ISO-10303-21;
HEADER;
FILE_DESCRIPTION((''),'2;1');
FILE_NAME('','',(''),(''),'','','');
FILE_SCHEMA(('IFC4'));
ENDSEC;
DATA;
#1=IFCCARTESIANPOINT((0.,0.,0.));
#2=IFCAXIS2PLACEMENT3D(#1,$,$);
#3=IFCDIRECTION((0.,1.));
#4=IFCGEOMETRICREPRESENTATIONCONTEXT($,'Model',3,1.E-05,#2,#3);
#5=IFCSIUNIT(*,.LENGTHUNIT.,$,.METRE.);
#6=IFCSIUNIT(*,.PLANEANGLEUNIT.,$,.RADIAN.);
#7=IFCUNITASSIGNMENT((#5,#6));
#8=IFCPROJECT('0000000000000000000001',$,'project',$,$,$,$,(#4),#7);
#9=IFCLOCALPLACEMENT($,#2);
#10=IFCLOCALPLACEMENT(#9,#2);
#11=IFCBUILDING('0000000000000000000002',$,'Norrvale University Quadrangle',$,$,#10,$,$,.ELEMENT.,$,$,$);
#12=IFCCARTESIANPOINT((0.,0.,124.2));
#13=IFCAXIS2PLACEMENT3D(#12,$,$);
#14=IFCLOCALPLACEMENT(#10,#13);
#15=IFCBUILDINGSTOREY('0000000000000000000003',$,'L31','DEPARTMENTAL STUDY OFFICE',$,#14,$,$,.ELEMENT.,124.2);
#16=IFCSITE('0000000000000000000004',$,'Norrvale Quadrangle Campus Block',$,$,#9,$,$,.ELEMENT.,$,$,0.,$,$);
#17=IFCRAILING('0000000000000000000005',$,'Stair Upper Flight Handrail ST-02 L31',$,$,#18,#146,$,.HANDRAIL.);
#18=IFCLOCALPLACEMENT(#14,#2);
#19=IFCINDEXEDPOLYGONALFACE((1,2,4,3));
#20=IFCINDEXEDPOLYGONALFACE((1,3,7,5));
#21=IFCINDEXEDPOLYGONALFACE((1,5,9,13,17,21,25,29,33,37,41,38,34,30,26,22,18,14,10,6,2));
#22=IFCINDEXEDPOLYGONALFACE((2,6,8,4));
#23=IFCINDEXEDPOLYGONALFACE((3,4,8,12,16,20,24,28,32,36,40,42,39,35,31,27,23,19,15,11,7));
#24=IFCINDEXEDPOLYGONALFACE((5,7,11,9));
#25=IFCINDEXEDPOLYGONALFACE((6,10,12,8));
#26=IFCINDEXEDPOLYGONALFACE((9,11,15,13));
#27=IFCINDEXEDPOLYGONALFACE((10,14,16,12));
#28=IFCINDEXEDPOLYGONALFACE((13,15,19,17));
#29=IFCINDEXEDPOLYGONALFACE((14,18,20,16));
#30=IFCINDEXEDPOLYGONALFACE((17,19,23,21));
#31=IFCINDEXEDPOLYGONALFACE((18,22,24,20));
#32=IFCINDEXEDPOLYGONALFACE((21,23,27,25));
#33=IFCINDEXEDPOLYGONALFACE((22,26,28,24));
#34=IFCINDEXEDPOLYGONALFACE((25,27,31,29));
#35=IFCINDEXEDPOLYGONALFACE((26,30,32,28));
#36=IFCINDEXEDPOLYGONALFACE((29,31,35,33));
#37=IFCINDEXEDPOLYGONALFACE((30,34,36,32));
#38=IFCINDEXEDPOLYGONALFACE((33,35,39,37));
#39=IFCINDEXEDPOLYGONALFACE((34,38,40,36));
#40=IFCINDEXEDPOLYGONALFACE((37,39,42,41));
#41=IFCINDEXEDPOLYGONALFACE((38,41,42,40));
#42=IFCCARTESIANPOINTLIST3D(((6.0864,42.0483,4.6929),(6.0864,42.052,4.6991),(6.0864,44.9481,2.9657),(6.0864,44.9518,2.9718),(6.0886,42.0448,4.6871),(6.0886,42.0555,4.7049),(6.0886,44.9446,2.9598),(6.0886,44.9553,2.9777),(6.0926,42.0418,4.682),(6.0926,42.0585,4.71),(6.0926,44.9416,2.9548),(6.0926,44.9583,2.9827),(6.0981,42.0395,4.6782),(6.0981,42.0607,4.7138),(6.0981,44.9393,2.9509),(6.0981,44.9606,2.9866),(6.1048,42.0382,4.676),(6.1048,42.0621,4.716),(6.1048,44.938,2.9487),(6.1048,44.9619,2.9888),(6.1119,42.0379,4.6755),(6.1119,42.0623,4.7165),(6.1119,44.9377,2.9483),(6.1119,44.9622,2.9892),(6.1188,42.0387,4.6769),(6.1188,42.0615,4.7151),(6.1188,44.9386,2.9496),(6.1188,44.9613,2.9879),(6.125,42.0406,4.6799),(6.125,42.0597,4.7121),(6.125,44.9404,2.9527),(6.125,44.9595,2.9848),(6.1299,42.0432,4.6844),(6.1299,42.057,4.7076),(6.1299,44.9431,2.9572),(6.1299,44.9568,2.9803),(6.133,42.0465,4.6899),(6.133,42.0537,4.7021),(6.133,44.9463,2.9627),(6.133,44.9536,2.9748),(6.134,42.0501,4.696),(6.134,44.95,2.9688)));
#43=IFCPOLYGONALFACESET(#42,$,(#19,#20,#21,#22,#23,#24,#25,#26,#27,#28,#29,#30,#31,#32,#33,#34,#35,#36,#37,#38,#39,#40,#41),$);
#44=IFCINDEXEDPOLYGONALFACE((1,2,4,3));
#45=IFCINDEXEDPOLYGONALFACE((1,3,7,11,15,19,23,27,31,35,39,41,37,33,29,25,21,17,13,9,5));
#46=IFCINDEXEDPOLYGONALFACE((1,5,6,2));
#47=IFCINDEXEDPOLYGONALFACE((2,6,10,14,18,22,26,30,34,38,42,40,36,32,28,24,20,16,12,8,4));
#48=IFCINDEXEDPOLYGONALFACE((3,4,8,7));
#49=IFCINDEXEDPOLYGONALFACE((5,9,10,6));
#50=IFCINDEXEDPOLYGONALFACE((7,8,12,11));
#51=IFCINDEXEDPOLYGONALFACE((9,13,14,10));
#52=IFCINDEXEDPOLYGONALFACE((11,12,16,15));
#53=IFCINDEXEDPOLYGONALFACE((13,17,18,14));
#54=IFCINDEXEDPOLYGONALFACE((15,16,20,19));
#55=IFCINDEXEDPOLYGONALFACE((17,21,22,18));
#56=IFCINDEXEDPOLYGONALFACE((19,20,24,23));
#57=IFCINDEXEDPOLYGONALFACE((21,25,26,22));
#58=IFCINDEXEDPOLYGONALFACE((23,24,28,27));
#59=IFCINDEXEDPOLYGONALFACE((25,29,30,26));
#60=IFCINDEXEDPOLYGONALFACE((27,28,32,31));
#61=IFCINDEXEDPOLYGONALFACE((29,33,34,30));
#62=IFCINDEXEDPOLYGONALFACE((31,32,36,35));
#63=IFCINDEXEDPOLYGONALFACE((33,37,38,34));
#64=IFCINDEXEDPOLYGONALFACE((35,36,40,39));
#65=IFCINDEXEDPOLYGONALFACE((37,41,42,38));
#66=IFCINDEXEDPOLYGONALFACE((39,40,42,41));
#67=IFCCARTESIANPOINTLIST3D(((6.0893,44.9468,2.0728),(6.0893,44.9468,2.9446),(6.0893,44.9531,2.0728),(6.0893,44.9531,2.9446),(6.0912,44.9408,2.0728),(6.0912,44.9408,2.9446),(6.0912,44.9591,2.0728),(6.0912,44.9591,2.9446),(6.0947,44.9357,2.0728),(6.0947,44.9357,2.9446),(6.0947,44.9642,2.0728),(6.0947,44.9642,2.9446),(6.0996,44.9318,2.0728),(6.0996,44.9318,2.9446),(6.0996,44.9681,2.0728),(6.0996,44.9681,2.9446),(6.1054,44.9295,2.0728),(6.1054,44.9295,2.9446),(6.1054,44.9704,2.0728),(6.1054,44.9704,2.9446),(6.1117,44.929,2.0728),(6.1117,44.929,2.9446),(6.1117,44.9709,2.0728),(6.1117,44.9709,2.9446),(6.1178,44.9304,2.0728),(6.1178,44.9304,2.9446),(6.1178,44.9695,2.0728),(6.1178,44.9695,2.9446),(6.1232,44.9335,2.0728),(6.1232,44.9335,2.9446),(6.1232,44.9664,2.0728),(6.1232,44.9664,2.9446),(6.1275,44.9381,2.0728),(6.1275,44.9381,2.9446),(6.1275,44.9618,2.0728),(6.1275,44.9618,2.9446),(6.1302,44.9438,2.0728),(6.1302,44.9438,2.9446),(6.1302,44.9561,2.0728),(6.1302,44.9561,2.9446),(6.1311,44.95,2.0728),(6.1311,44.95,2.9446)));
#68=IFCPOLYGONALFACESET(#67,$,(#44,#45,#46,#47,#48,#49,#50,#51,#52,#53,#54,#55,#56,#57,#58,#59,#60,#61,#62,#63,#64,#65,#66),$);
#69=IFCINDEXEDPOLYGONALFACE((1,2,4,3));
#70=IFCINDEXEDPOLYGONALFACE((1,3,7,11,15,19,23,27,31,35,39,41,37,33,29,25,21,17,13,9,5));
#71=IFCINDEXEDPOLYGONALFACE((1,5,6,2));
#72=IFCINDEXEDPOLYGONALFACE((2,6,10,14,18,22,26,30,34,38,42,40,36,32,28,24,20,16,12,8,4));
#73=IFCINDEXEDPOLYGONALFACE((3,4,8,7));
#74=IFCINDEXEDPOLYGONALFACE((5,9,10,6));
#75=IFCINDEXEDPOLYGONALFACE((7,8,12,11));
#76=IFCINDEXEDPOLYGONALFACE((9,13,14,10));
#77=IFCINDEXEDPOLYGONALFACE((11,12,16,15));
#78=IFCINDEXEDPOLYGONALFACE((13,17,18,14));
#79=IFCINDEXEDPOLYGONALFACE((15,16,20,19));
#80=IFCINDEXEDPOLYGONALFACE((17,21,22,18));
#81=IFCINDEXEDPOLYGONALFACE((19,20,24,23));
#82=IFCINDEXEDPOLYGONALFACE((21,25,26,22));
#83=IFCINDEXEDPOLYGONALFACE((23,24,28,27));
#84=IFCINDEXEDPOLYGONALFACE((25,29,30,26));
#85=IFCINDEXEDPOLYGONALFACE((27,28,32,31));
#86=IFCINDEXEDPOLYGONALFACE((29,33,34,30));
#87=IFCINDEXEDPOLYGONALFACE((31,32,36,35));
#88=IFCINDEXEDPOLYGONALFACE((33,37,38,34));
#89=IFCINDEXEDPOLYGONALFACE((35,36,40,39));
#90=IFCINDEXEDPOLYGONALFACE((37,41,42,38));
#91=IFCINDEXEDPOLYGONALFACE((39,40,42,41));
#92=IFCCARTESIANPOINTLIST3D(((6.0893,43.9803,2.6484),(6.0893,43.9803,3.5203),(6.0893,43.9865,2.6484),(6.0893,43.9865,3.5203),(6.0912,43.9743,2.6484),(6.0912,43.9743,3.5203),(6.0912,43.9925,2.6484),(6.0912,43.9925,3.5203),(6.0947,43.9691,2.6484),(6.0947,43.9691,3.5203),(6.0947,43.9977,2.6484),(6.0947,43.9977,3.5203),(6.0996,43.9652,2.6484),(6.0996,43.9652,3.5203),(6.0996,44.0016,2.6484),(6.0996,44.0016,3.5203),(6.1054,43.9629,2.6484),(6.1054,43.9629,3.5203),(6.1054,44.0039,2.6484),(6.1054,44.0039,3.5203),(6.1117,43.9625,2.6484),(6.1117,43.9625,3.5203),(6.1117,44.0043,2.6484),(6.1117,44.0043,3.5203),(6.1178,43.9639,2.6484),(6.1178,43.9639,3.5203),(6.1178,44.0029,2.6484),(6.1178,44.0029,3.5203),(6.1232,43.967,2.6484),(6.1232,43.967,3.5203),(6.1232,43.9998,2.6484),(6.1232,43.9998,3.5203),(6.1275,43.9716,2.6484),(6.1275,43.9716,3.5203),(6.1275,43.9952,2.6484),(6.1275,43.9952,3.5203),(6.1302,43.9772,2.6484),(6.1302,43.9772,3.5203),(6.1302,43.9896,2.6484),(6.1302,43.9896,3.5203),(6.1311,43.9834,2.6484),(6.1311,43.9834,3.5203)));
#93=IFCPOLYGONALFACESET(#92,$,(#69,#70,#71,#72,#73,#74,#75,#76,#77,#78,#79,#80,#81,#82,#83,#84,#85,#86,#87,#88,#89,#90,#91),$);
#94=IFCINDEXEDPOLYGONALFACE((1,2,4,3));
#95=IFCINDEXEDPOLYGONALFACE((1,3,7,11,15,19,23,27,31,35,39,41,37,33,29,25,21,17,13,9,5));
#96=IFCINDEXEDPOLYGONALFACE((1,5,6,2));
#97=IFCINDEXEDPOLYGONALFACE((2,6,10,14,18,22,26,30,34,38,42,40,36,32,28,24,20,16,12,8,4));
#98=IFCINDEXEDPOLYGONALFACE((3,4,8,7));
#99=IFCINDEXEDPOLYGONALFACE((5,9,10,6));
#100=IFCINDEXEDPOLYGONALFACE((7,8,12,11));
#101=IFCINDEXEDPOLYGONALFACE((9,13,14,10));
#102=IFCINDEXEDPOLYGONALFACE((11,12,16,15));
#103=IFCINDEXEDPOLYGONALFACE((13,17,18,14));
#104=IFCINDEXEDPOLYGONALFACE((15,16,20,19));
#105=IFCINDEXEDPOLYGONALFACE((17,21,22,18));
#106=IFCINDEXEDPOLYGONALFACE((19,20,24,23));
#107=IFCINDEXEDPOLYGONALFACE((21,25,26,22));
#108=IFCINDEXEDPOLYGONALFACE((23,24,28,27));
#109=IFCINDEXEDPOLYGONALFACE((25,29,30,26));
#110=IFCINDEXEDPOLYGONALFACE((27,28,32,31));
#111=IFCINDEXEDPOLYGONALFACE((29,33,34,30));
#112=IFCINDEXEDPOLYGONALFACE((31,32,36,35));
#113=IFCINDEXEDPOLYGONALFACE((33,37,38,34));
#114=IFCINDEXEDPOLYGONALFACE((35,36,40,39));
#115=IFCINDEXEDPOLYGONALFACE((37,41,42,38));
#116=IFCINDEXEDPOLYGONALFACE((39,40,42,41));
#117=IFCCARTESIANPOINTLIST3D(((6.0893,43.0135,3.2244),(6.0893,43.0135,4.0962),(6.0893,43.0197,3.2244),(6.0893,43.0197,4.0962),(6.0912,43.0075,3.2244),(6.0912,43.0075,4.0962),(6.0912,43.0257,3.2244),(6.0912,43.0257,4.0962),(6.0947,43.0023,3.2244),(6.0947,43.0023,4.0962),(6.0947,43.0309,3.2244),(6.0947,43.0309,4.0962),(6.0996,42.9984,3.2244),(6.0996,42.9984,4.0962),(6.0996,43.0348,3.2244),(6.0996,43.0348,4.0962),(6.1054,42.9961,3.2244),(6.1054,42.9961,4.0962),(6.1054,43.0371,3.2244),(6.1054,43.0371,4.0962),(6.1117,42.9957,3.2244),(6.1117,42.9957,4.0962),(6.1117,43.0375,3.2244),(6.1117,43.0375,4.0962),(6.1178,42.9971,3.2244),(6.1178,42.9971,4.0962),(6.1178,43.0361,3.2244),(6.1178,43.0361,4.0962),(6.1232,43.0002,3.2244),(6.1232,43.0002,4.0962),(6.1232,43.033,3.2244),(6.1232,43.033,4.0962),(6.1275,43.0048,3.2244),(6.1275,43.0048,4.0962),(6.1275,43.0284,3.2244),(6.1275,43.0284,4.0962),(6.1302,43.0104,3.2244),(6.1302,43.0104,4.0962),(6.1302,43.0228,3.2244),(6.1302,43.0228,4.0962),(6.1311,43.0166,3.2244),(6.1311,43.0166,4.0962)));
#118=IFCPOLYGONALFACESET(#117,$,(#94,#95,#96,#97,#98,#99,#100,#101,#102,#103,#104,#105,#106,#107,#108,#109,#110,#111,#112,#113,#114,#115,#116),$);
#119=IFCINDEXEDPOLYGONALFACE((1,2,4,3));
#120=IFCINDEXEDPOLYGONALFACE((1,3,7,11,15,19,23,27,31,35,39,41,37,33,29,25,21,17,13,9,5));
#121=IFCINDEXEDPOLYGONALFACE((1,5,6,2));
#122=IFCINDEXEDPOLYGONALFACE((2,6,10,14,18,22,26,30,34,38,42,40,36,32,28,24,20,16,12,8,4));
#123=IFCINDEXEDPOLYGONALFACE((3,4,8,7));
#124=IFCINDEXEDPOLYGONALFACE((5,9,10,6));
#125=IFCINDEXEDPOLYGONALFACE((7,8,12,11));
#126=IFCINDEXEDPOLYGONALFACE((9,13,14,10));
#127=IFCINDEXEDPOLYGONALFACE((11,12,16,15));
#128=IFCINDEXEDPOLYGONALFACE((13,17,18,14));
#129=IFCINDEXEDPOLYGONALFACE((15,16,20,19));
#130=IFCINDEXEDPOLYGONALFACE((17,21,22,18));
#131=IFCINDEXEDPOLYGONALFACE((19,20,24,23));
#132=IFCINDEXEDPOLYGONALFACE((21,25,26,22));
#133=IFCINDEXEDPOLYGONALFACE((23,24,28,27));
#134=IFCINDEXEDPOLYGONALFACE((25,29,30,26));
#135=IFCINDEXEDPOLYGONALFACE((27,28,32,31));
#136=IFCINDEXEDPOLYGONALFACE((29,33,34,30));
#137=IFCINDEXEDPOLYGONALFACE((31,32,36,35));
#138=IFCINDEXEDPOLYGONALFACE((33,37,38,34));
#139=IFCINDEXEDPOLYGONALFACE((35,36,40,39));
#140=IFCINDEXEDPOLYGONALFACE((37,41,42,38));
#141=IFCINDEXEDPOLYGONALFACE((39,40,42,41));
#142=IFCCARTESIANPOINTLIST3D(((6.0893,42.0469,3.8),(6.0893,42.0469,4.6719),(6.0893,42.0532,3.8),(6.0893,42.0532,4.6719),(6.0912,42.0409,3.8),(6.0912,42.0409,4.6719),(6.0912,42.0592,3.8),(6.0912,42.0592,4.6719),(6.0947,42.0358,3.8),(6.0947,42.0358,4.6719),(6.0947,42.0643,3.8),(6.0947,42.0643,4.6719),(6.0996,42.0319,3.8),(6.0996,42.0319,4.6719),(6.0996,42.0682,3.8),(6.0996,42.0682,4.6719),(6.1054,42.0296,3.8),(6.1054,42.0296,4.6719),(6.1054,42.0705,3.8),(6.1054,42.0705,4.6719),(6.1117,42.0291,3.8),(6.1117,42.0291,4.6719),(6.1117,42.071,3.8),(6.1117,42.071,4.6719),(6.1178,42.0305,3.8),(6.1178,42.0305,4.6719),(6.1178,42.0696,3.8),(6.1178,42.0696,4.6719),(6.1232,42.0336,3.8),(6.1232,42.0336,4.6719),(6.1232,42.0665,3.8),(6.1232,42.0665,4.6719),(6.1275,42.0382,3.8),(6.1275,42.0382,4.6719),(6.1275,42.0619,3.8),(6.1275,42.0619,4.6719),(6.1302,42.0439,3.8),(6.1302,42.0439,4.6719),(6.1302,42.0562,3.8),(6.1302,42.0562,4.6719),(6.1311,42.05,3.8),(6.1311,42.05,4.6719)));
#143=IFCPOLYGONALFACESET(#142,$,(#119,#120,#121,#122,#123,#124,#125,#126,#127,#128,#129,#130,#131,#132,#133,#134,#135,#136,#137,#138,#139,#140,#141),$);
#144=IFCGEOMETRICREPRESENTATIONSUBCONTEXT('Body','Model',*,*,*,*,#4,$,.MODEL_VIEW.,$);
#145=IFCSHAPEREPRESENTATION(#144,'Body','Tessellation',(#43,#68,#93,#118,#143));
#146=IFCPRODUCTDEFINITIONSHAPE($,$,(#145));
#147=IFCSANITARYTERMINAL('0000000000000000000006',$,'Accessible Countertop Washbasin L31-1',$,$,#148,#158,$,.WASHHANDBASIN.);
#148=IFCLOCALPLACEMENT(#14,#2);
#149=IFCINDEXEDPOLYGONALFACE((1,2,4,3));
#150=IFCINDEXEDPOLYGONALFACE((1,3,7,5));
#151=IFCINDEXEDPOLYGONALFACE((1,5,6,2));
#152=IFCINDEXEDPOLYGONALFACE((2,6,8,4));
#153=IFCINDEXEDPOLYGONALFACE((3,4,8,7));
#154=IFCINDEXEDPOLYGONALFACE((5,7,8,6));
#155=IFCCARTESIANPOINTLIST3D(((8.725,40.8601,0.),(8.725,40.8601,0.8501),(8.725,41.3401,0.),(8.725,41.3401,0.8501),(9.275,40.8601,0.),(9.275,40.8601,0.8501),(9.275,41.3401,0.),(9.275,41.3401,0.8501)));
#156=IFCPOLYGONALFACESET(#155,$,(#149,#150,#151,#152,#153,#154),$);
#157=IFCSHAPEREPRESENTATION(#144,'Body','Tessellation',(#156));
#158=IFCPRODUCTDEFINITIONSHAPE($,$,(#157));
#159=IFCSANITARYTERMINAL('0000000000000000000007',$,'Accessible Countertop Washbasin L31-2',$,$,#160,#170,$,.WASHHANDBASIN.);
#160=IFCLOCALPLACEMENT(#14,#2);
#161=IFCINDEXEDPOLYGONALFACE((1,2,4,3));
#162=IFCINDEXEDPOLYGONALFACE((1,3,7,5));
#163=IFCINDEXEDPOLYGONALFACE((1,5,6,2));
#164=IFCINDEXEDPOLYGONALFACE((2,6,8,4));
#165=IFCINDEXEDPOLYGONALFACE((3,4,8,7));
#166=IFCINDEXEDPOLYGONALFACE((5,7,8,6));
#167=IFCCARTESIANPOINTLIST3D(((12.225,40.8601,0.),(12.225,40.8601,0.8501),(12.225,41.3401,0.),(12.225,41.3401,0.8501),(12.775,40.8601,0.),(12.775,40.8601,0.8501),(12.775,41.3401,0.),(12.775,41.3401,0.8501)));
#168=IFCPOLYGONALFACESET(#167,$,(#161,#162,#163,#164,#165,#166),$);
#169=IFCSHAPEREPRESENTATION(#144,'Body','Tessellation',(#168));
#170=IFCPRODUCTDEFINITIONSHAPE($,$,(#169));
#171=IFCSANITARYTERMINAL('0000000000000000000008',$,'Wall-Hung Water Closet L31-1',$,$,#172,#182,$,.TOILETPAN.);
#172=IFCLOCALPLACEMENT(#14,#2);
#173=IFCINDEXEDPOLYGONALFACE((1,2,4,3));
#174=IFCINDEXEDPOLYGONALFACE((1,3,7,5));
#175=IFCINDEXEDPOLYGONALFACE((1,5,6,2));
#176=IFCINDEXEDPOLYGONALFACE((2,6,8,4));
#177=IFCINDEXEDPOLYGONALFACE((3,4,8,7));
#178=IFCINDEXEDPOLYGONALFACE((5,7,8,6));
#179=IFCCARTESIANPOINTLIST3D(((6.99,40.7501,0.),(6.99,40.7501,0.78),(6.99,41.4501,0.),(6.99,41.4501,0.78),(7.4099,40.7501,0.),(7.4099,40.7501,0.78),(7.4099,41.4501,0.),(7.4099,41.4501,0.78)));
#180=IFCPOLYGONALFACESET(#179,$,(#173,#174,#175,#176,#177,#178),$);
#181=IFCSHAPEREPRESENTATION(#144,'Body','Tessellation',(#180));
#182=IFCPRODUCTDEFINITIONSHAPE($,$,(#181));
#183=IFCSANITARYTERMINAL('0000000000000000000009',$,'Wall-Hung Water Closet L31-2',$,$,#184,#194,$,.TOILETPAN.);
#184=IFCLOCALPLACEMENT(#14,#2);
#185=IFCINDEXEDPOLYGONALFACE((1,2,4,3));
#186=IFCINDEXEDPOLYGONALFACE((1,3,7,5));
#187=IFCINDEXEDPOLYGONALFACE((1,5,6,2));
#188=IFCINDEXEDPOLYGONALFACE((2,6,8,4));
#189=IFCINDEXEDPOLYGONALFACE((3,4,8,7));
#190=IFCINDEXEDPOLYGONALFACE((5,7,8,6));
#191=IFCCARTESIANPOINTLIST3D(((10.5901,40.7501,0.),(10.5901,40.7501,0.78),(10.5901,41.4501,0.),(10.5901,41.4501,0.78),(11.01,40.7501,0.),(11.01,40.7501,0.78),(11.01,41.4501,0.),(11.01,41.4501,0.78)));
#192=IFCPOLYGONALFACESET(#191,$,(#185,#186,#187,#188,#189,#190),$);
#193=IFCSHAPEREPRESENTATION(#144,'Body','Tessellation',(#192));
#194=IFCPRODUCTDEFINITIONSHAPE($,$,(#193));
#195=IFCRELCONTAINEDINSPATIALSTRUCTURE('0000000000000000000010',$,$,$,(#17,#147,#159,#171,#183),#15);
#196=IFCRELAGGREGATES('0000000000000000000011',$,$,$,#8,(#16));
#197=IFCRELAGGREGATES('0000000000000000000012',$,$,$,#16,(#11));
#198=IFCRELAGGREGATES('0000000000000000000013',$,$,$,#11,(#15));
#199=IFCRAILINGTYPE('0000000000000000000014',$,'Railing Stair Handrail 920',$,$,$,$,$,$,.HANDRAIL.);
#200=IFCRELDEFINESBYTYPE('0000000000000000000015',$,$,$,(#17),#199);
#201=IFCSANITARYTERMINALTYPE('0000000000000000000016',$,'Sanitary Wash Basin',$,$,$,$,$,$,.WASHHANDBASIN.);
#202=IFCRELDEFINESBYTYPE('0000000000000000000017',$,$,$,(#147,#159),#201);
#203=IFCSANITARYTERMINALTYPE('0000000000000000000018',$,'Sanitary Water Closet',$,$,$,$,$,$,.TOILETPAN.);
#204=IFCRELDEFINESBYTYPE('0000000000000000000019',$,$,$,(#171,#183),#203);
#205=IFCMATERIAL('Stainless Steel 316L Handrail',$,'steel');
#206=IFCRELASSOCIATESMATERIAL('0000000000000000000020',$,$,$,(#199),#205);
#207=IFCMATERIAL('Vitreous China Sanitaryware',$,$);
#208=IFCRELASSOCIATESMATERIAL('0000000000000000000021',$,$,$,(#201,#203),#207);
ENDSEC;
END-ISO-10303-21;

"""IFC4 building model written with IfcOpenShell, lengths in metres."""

from ifc_helpers import new_model, si_unit, direction, frame, origin, origin_2d, place, context, subcontext, project, spatial, rectangle, circle, extrude, material, type_object, element, save


model = new_model("IFC4")

# Units and contexts
model_context = context("Model", 3, precision=1e-05, world=origin(), true_north=direction((0.0, 1.0)))
body_context = subcontext(model_context, "Body", "Model", "MODEL_VIEW")
ifc_project = project(units=[si_unit("LENGTHUNIT", "METRE"), si_unit("PLANEANGLEUNIT", "RADIAN")], contexts=[model_context])

# Site, building, storey
site_placement = place(None, origin())
site = spatial("IfcSite", under=ifc_project, at=site_placement, Name="Norrvale Quadrangle Campus Block", CompositionType="ELEMENT", RefElevation=0.0)
building_placement = place(site_placement, origin())
building = spatial("IfcBuilding", under=site, at=building_placement, Name="Norrvale University Quadrangle", CompositionType="ELEMENT")
storey_placement = place(building_placement, frame((0.0, 0.0, 124.2)))
storey = spatial("IfcBuildingStorey", under=building, at=storey_placement, Name="L31", Description="DEPARTMENTAL STUDY OFFICE", CompositionType="ELEMENT", Elevation=124.2)

# Railing
ifc_material_1 = material(Name="Stainless Steel 316L Handrail", Category="steel")
railing_type_1 = type_object("IfcRailingType", Name="Railing Stair Handrail 920", PredefinedType="HANDRAIL", material=ifc_material_1)
railing_1_placement = place(storey_placement, frame((6.1101, 44.95, 2.0728)))
element("IfcRailing", 1, at=railing_1_placement, inside=storey, type_object=railing_type_1, Name="Stair Upper Flight Handrail ST-02 L31", PredefinedType="HANDRAIL", context=body_context, shape_type="SweptSolid", body=[
    extrude(circle(Radius=0.0239, at=origin_2d()), frame((0.0, 0.0, 0.896), z_axis=(0.0, -0.859141, 0.511738), x_axis=(1.0, 0.0, 0.0)), (0.0, 0.0, 1.0), 3.3752),
    extrude(circle(Radius=0.021, at=origin_2d()), origin(), (0.0, 0.0, 1.0), 0.8718),
    extrude(circle(Radius=0.021, at=origin_2d()), frame((0.0, -0.9666, 0.5757)), (0.0, 0.0, 1.0), 0.8718),
    extrude(circle(Radius=0.021, at=origin_2d()), frame((0.0, -1.9333, 1.1516)), (0.0, 0.0, 1.0), 0.8718),
    extrude(circle(Radius=0.021, at=origin_2d()), frame((0.0, -2.8999, 1.7273)), (0.0, 0.0, 1.0), 0.8718),
])

# Sanitary terminals
ifc_material_2 = material(Name="Vitreous China Sanitaryware")
sanitary_terminal_type_1 = type_object("IfcSanitaryTerminalType", Name="Sanitary Wash Basin", PredefinedType="WASHHANDBASIN", material=ifc_material_2)
for number, where, z_axis, x_axis, name in (
    (2, (9.0, 41.1001, 0.0), (0.0, 0.0, 1.0), (1.0, 0.0, 0.0), "Accessible Countertop Washbasin L31-1"),
    (3, (12.5, 41.1001, 0.0), (0.0, 0.0, 1.0), (1.0, 0.0, 0.0), "Accessible Countertop Washbasin L31-2"),
):
    element("IfcSanitaryTerminal", number, at=place(storey_placement, frame(where, z_axis=z_axis, x_axis=x_axis)), inside=storey, type_object=sanitary_terminal_type_1, Name=name, PredefinedType="WASHHANDBASIN", context=body_context, shape_type="SweptSolid", body=[
        extrude(rectangle(XDim=0.55, YDim=0.48, at=origin_2d()), origin(), (0.0, 0.0, 1.0), 0.8501),
    ])
sanitary_terminal_type_2 = type_object("IfcSanitaryTerminalType", Name="Sanitary Water Closet", PredefinedType="TOILETPAN", material=ifc_material_2)
for number, where, z_axis, x_axis, name in (
    (4, (7.2, 41.1001, 0.0), (0.0, 0.0, 1.0), (1.0, 0.0, 0.0), "Wall-Hung Water Closet L31-1"),
    (5, (10.8, 41.1001, 0.0), (0.0, 0.0, 1.0), (1.0, 0.0, 0.0), "Wall-Hung Water Closet L31-2"),
):
    element("IfcSanitaryTerminal", number, at=place(storey_placement, frame(where, z_axis=z_axis, x_axis=x_axis)), inside=storey, type_object=sanitary_terminal_type_2, Name=name, PredefinedType="TOILETPAN", context=body_context, shape_type="SweptSolid", body=[
        extrude(rectangle(XDim=0.4199, YDim=0.7, at=origin_2d()), origin(), (0.0, 0.0, 1.0), 0.78),
    ])

save(model, "model.ifc")
